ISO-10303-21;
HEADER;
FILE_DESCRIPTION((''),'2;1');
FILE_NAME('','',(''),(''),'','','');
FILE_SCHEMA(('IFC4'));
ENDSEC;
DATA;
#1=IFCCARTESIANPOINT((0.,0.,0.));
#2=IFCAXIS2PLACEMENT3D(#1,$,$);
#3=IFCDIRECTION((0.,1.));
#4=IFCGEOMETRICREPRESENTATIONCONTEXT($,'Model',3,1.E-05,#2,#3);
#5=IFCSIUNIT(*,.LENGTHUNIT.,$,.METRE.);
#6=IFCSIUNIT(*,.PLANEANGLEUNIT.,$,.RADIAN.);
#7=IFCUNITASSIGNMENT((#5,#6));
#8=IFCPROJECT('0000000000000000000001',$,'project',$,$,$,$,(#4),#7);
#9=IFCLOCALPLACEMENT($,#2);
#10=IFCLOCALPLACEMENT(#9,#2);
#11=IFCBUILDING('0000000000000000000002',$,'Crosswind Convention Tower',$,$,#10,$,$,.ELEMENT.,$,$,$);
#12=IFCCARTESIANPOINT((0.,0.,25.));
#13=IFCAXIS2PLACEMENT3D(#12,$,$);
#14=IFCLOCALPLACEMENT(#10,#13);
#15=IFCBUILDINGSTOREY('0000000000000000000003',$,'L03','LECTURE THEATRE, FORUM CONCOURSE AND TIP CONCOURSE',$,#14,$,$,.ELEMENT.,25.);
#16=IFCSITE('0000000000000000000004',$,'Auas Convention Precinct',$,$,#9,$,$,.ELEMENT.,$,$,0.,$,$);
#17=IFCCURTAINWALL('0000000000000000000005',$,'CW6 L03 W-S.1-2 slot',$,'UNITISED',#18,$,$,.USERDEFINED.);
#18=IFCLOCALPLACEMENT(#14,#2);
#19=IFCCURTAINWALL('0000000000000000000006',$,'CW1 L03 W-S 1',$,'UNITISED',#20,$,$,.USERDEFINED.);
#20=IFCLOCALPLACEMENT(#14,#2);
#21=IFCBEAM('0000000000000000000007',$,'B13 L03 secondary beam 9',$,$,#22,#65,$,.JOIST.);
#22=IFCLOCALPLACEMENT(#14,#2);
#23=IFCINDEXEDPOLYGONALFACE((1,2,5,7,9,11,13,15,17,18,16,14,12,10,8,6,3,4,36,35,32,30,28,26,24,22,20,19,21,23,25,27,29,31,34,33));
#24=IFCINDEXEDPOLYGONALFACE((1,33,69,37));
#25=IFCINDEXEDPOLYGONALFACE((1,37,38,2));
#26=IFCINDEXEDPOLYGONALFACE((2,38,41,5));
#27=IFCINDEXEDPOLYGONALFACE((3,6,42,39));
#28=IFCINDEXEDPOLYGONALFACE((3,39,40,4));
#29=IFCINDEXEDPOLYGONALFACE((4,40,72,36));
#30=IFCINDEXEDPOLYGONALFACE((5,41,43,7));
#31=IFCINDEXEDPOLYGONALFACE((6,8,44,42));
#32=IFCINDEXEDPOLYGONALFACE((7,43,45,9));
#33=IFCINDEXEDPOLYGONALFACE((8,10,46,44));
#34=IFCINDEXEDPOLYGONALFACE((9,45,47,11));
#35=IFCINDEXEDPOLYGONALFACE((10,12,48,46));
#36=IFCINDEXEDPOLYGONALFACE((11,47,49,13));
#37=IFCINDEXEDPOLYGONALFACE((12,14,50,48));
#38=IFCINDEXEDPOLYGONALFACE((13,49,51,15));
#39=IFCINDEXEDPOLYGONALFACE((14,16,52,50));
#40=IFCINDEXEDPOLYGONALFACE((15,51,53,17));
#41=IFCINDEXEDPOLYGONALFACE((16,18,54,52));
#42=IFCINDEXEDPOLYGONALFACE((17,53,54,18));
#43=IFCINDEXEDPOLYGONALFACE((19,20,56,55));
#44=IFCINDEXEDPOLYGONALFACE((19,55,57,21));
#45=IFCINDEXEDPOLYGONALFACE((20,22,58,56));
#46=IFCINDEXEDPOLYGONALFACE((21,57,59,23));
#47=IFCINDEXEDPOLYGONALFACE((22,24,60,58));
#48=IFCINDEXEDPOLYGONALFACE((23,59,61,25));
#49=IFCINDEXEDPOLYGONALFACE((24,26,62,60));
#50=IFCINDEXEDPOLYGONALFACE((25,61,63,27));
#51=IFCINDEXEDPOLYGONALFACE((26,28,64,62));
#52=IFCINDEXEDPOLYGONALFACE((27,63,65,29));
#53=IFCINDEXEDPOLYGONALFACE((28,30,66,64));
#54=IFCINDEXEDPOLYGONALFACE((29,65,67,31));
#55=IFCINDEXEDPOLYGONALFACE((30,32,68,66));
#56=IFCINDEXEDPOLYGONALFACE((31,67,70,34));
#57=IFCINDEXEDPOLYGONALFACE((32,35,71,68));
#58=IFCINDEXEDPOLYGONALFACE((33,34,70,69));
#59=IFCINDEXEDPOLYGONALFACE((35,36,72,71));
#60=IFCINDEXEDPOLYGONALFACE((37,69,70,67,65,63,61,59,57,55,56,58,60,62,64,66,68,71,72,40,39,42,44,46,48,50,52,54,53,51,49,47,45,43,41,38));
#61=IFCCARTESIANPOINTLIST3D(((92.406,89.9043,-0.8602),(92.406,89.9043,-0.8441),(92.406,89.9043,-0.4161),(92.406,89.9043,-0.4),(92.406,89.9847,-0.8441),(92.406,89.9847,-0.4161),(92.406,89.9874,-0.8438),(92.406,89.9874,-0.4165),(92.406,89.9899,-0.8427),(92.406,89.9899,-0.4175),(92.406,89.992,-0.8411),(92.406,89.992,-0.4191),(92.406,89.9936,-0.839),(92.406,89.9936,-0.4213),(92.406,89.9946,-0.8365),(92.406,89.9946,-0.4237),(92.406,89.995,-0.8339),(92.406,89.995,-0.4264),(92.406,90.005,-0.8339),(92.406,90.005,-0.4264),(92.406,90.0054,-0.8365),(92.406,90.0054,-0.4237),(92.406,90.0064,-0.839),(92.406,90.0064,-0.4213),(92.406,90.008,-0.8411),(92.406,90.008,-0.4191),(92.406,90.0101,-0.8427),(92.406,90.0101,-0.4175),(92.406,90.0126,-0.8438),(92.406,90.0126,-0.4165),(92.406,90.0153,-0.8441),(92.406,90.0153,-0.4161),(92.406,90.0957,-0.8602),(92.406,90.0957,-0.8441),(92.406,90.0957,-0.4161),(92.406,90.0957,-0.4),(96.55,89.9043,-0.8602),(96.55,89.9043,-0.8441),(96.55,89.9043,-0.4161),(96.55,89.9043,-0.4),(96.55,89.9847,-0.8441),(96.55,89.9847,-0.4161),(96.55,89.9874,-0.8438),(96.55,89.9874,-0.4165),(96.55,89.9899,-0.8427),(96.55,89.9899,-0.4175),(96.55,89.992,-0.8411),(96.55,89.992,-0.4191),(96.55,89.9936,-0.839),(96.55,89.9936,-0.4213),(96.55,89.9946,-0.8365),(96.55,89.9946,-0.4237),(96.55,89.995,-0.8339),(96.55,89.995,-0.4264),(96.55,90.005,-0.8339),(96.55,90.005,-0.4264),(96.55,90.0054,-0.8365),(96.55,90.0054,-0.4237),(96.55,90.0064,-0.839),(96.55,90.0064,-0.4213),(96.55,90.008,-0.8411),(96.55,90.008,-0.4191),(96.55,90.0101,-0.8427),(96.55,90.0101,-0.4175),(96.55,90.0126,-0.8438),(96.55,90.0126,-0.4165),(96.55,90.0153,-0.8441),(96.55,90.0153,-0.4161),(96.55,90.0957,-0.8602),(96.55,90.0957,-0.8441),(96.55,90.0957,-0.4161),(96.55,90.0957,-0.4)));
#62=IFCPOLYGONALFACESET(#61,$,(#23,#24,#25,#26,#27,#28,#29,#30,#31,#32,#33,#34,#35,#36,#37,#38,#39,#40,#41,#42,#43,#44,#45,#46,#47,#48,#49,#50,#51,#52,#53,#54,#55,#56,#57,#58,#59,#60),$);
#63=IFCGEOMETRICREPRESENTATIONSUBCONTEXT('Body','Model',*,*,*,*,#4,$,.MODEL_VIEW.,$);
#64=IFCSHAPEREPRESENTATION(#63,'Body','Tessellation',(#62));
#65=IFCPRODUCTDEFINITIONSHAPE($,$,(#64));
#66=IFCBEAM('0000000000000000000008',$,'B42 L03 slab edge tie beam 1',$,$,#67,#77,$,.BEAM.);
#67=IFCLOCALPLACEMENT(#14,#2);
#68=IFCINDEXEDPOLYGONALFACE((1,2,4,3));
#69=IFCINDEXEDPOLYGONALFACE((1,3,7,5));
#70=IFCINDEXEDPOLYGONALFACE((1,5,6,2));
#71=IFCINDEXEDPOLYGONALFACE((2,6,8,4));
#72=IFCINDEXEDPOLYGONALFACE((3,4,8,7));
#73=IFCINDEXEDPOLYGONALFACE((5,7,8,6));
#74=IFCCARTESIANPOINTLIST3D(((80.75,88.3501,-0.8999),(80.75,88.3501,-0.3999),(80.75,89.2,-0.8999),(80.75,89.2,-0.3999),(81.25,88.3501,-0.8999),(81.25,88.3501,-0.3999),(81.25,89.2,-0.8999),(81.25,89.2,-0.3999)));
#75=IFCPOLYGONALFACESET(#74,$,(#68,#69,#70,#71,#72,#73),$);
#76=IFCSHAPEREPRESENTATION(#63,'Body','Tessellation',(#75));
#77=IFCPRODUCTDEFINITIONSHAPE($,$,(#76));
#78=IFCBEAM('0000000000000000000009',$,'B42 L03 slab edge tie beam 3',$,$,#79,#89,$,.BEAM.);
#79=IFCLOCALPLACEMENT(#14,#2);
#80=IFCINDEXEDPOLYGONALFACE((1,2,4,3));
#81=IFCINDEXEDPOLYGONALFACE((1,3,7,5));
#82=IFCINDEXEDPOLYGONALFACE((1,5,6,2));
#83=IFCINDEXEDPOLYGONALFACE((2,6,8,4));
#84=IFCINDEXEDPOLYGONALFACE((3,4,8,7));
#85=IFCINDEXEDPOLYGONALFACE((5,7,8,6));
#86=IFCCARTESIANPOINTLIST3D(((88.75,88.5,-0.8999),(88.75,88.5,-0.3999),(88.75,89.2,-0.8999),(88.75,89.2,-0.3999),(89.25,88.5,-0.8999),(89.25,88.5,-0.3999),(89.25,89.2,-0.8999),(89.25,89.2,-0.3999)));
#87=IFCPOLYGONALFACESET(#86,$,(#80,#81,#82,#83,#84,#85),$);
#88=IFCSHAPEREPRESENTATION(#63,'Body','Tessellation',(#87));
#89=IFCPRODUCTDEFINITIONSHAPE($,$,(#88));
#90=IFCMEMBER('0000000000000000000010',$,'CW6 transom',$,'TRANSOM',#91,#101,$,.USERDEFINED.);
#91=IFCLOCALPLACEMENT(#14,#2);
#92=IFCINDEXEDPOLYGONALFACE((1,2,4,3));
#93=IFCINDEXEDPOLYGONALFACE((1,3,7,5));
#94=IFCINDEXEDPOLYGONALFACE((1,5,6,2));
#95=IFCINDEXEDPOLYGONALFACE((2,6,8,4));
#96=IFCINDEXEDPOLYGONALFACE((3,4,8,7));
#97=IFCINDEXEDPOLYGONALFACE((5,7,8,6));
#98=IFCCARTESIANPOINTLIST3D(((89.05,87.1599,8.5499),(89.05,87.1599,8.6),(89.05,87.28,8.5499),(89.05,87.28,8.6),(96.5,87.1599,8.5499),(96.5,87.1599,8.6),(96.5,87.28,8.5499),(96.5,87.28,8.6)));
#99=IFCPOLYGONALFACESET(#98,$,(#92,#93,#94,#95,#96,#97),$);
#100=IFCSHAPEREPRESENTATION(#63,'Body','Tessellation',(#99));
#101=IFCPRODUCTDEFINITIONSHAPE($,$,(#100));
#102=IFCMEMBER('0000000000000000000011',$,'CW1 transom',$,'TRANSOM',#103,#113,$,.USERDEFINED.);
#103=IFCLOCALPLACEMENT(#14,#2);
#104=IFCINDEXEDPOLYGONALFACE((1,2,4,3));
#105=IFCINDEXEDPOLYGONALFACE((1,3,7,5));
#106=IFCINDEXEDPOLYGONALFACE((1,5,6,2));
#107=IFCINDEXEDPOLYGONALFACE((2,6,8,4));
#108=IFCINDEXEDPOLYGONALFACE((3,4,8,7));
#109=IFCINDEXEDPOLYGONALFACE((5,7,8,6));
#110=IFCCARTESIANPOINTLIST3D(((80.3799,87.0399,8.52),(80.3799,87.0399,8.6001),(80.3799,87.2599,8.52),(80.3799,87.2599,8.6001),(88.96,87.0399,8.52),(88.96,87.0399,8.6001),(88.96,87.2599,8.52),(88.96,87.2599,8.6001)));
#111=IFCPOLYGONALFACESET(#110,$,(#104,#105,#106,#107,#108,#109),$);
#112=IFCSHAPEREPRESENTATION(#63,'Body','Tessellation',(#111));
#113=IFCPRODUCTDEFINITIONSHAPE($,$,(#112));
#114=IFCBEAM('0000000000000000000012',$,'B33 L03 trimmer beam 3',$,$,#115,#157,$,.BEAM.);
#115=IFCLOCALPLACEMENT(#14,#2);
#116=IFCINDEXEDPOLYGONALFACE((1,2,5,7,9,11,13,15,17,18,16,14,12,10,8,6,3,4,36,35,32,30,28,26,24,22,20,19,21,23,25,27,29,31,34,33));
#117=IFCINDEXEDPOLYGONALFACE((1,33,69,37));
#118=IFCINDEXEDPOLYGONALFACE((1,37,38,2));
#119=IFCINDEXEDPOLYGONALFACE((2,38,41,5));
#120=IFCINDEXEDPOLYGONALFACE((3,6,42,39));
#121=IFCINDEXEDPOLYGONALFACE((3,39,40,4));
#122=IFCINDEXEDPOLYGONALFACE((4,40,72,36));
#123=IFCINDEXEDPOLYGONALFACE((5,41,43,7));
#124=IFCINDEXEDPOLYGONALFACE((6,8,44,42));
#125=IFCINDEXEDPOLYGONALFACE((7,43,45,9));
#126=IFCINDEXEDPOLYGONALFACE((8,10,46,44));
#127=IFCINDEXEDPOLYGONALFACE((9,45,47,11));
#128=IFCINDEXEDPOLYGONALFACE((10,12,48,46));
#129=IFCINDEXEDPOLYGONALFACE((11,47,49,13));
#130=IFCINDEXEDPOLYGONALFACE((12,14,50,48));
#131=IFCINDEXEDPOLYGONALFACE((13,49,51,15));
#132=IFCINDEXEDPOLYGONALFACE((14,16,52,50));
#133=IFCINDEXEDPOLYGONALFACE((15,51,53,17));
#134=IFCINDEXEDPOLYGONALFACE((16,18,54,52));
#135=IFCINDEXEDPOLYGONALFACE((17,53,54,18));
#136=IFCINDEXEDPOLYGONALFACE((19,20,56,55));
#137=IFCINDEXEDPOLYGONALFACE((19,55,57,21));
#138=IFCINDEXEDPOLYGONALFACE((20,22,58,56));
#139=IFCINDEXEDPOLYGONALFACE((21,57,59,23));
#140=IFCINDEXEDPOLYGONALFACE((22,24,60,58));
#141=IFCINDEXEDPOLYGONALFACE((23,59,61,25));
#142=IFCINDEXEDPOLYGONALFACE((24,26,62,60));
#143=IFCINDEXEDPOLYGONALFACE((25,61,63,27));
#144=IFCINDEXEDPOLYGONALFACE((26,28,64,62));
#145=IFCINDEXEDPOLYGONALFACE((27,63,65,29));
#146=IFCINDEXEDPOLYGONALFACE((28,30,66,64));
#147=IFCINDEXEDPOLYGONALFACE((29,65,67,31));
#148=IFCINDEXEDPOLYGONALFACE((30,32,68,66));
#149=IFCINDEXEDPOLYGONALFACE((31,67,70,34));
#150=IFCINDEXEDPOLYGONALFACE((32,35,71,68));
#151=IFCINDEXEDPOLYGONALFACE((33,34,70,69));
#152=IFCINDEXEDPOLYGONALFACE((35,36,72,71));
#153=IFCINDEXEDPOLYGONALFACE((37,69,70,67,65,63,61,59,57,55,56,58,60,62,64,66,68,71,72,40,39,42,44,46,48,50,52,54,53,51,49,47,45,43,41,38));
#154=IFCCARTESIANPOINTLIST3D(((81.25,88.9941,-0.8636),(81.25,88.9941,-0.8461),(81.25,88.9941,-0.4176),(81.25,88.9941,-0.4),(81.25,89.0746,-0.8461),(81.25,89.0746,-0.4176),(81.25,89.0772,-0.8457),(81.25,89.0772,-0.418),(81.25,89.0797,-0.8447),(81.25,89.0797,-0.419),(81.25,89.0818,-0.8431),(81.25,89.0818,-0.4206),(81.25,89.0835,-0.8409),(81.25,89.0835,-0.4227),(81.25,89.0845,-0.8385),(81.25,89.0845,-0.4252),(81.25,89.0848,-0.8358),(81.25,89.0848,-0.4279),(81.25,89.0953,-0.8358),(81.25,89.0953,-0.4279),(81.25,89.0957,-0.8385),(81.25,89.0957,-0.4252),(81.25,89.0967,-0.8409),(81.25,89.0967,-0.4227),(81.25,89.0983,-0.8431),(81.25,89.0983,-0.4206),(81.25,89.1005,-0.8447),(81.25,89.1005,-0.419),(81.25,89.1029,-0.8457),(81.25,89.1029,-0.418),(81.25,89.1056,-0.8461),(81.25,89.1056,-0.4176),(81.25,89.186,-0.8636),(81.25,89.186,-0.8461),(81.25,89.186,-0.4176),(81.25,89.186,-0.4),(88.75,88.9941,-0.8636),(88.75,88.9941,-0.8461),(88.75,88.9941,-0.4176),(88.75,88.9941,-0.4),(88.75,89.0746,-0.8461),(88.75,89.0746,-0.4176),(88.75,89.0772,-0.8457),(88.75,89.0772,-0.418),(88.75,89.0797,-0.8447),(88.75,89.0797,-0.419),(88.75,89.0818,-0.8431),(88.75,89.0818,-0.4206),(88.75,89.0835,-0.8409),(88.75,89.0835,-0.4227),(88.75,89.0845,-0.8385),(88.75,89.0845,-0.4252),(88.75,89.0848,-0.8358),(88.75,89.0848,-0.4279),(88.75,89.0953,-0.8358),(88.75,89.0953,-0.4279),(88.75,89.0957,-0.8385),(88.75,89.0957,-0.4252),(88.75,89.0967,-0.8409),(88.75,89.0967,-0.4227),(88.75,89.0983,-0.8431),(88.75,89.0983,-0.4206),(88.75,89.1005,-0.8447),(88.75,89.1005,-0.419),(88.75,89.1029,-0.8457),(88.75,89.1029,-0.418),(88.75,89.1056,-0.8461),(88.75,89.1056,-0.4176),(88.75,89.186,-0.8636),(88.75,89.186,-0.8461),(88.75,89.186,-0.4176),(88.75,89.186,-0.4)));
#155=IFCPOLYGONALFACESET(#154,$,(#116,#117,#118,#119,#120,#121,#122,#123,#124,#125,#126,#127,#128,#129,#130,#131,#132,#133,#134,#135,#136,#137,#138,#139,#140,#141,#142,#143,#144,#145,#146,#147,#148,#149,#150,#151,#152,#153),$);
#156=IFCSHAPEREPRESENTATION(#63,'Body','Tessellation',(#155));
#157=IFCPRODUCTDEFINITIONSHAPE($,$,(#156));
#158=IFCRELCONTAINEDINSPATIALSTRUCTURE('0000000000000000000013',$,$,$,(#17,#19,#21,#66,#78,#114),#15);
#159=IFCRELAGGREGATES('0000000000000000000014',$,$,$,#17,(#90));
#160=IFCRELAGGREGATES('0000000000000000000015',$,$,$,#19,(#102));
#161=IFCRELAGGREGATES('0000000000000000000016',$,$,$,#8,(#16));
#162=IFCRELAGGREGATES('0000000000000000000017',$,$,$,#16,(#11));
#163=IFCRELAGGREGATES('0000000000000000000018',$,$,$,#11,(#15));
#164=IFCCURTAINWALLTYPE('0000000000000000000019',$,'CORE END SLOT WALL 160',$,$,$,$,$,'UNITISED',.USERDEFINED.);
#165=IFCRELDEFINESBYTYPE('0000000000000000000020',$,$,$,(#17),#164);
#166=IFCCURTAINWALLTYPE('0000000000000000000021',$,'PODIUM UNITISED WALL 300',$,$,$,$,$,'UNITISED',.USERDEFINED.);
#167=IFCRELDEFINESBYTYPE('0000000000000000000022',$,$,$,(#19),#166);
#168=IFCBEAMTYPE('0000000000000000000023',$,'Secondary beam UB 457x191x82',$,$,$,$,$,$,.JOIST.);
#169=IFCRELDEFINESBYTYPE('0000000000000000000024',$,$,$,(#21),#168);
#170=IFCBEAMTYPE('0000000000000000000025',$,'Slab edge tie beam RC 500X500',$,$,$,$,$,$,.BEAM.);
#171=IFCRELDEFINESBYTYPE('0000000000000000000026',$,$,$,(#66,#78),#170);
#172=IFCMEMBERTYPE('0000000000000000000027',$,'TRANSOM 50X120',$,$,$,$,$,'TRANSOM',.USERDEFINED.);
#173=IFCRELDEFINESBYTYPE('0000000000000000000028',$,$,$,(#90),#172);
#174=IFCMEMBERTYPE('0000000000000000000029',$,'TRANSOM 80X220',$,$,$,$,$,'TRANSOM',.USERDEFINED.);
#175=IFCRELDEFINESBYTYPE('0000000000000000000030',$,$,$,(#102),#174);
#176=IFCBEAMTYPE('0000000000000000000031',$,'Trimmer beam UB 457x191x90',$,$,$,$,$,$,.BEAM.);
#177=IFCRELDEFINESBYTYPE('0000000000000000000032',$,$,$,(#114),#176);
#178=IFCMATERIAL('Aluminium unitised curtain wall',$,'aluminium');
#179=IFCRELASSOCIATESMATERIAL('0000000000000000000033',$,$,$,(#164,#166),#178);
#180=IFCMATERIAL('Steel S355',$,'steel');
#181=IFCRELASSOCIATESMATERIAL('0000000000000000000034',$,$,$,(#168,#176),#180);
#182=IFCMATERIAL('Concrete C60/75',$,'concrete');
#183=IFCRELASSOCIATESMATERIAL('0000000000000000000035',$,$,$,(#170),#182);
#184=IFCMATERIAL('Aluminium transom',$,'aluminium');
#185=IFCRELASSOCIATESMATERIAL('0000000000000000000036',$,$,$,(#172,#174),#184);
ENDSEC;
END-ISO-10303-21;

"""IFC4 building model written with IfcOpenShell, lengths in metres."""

from ifc_helpers import new_model, si_unit, direction, frame, origin, origin_2d, place, context, subcontext, project, spatial, rectangle, i_section, extrude, material, material_profile, profile_set, type_object, element, aggregate, save


model = new_model("IFC4")

# Units and contexts
model_context = context("Model", 3, precision=1e-05, world=origin(), true_north=direction((0.0, 1.0)))
body_context = subcontext(model_context, "Body", "Model", "MODEL_VIEW")
ifc_project = project(units=[si_unit("LENGTHUNIT", "METRE"), si_unit("PLANEANGLEUNIT", "RADIAN")], contexts=[model_context])

# Site, building, storey
site_placement = place(None, origin())
site = spatial("IfcSite", under=ifc_project, at=site_placement, Name="Auas Convention Precinct", CompositionType="ELEMENT", RefElevation=0.0)
building_placement = place(site_placement, origin())
building = spatial("IfcBuilding", under=site, at=building_placement, Name="Crosswind Convention Tower", CompositionType="ELEMENT")
storey_placement = place(building_placement, frame((0.0, 0.0, 25.0)))
storey = spatial("IfcBuildingStorey", under=building, at=storey_placement, Name="L03", Description="LECTURE THEATRE, FORUM CONCOURSE AND TIP CONCOURSE", CompositionType="ELEMENT", Elevation=25.0)

# Shared definitions
ifc_material_1 = material(Name="Concrete C60/75", Category="concrete")

# Shared definitions
ifc_material_2 = material(Name="Steel S355", Category="steel")

# Curtain wall
ifc_material_3 = material(Name="Aluminium unitised curtain wall", Category="aluminium")
curtain_wall_type_1 = type_object("IfcCurtainWallType", Name="CORE END SLOT WALL 160", ElementType="UNITISED", PredefinedType="USERDEFINED", material=ifc_material_3)
curtain_wall_1_placement = place(storey_placement, origin())
curtain_wall_1 = element("IfcCurtainWall", 1, at=curtain_wall_1_placement, inside=storey, type_object=curtain_wall_type_1, Name="CW6 L03 W-S.1-2 slot", ObjectType="UNITISED", PredefinedType="USERDEFINED")

# Curtain wall
curtain_wall_type_2 = type_object("IfcCurtainWallType", Name="PODIUM UNITISED WALL 300", ElementType="UNITISED", PredefinedType="USERDEFINED", material=ifc_material_3)
curtain_wall_2_placement = place(storey_placement, origin())
curtain_wall_2 = element("IfcCurtainWall", 2, at=curtain_wall_2_placement, inside=storey, type_object=curtain_wall_type_2, Name="CW1 L03 W-S 1", ObjectType="UNITISED", PredefinedType="USERDEFINED")

# Beams
ifc_material_profile_1 = material_profile(ifc_material_2, i_section(OverallWidth=0.1914, OverallDepth=0.4602, WebThickness=0.01, FlangeThickness=0.0161, FilletRadius=0.0103, at=origin_2d()), Name="UB 457x191x82")
ifc_profile_set_1 = profile_set([ifc_material_profile_1], Name="Steel S355")
beam_type_1 = type_object("IfcBeamType", Name="Secondary beam UB 457x191x82", PredefinedType="JOIST", material=ifc_profile_set_1)
beam_1_placement = place(storey_placement, frame((92.406, 90.0, -0.6301), z_axis=(1.0, 0.0, 0.0), x_axis=(0.0, 1.0, 0.0)))
element("IfcBeam", 3, at=beam_1_placement, inside=storey, type_object=beam_type_1, Name="B13 L03 secondary beam 9", PredefinedType="JOIST", context=body_context, shape_type="SweptSolid", body=[
    extrude(i_section(OverallWidth=0.1914, OverallDepth=0.4602, WebThickness=0.01, FlangeThickness=0.0161, FilletRadius=0.0103, at=origin_2d()), origin(), (0.0, 0.0, 1.0), 4.144),
])
ifc_material_profile_2 = material_profile(ifc_material_1, rectangle(XDim=0.5, YDim=0.5, at=origin_2d()), Name="RC 500X500")
ifc_profile_set_2 = profile_set([ifc_material_profile_2], Name="Concrete C60/75")
beam_type_2 = type_object("IfcBeamType", Name="Slab edge tie beam RC 500X500", PredefinedType="BEAM", material=ifc_profile_set_2)
beam_2_placement = place(storey_placement, frame((81.0, 88.3501, -0.6499), z_axis=(0.0, 1.0, 0.0), x_axis=(-1.0, 0.0, 0.0)))
element("IfcBeam", 4, at=beam_2_placement, inside=storey, type_object=beam_type_2, Name="B42 L03 slab edge tie beam 1", PredefinedType="BEAM", context=body_context, shape_type="SweptSolid", body=[
    extrude(rectangle(XDim=0.5, YDim=0.5, at=origin_2d()), origin(), (0.0, 0.0, 1.0), 0.8499),
])
beam_3_placement = place(storey_placement, frame((89.0, 88.5, -0.6499), z_axis=(0.0, 1.0, 0.0), x_axis=(-1.0, 0.0, 0.0)))
element("IfcBeam", 5, at=beam_3_placement, inside=storey, type_object=beam_type_2, Name="B42 L03 slab edge tie beam 3", PredefinedType="BEAM", context=body_context, shape_type="SweptSolid", body=[
    extrude(rectangle(XDim=0.5, YDim=0.5, at=origin_2d()), origin(), (0.0, 0.0, 1.0), 0.7),
])

# Members
ifc_material_4 = material(Name="Aluminium transom", Category="aluminium")
ifc_material_profile_3 = material_profile(ifc_material_4, rectangle(XDim=0.1201, YDim=0.05, at=origin_2d()), Name="AL 120X50")
ifc_profile_set_3 = profile_set([ifc_material_profile_3], Name="Aluminium transom")
member_type_1 = type_object("IfcMemberType", Name="TRANSOM 50X120", ElementType="TRANSOM", PredefinedType="USERDEFINED", material=ifc_profile_set_3)
member_1_placement = place(storey_placement, frame((89.05, 87.22, 8.575), z_axis=(1.0, 0.0, 0.0), x_axis=(0.0, 1.0, 0.0)))
member_1 = element("IfcMember", 6, at=member_1_placement, type_object=member_type_1, Name="CW6 transom", ObjectType="TRANSOM", PredefinedType="USERDEFINED", context=body_context, shape_type="SweptSolid", body=[
    extrude(rectangle(XDim=0.1201, YDim=0.05, at=origin_2d()), origin(), (0.0, 0.0, 1.0), 7.45),
])
ifc_material_profile_4 = material_profile(ifc_material_4, rectangle(XDim=0.22, YDim=0.0801, at=origin_2d()), Name="AL 220X80")
ifc_profile_set_4 = profile_set([ifc_material_profile_4], Name="Aluminium transom")
member_type_2 = type_object("IfcMemberType", Name="TRANSOM 80X220", ElementType="TRANSOM", PredefinedType="USERDEFINED", material=ifc_profile_set_4)
member_2_placement = place(storey_placement, frame((80.3799, 87.1499, 8.5601), z_axis=(1.0, 0.0, 0.0), x_axis=(0.0, 1.0, 0.0)))
member_2 = element("IfcMember", 7, at=member_2_placement, type_object=member_type_2, Name="CW1 transom", ObjectType="TRANSOM", PredefinedType="USERDEFINED", context=body_context, shape_type="SweptSolid", body=[
    extrude(rectangle(XDim=0.22, YDim=0.0801, at=origin_2d()), origin(), (0.0, 0.0, 1.0), 8.5801),
])

# Beam
ifc_material_profile_5 = material_profile(ifc_material_2, i_section(OverallWidth=0.1919, OverallDepth=0.4636, WebThickness=0.0105, FlangeThickness=0.0176, FilletRadius=0.0103, at=origin_2d()), Name="UB 457x191x90")
ifc_profile_set_5 = profile_set([ifc_material_profile_5], Name="Steel S355")
beam_type_3 = type_object("IfcBeamType", Name="Trimmer beam UB 457x191x90", PredefinedType="BEAM", material=ifc_profile_set_5)
beam_4_placement = place(storey_placement, frame((88.75, 89.0901, -0.6318), z_axis=(-1.0, 0.0, 0.0), x_axis=(0.0, -1.0, 0.0)))
element("IfcBeam", 8, at=beam_4_placement, inside=storey, type_object=beam_type_3, Name="B33 L03 trimmer beam 3", PredefinedType="BEAM", context=body_context, shape_type="SweptSolid", body=[
    extrude(i_section(OverallWidth=0.1919, OverallDepth=0.4636, WebThickness=0.0105, FlangeThickness=0.0176, FilletRadius=0.0103, at=origin_2d()), origin(), (0.0, 0.0, 1.0), 7.5),
])

aggregate(curtain_wall_1, [member_1])

aggregate(curtain_wall_2, [member_2])

save(model, "model.ifc")
